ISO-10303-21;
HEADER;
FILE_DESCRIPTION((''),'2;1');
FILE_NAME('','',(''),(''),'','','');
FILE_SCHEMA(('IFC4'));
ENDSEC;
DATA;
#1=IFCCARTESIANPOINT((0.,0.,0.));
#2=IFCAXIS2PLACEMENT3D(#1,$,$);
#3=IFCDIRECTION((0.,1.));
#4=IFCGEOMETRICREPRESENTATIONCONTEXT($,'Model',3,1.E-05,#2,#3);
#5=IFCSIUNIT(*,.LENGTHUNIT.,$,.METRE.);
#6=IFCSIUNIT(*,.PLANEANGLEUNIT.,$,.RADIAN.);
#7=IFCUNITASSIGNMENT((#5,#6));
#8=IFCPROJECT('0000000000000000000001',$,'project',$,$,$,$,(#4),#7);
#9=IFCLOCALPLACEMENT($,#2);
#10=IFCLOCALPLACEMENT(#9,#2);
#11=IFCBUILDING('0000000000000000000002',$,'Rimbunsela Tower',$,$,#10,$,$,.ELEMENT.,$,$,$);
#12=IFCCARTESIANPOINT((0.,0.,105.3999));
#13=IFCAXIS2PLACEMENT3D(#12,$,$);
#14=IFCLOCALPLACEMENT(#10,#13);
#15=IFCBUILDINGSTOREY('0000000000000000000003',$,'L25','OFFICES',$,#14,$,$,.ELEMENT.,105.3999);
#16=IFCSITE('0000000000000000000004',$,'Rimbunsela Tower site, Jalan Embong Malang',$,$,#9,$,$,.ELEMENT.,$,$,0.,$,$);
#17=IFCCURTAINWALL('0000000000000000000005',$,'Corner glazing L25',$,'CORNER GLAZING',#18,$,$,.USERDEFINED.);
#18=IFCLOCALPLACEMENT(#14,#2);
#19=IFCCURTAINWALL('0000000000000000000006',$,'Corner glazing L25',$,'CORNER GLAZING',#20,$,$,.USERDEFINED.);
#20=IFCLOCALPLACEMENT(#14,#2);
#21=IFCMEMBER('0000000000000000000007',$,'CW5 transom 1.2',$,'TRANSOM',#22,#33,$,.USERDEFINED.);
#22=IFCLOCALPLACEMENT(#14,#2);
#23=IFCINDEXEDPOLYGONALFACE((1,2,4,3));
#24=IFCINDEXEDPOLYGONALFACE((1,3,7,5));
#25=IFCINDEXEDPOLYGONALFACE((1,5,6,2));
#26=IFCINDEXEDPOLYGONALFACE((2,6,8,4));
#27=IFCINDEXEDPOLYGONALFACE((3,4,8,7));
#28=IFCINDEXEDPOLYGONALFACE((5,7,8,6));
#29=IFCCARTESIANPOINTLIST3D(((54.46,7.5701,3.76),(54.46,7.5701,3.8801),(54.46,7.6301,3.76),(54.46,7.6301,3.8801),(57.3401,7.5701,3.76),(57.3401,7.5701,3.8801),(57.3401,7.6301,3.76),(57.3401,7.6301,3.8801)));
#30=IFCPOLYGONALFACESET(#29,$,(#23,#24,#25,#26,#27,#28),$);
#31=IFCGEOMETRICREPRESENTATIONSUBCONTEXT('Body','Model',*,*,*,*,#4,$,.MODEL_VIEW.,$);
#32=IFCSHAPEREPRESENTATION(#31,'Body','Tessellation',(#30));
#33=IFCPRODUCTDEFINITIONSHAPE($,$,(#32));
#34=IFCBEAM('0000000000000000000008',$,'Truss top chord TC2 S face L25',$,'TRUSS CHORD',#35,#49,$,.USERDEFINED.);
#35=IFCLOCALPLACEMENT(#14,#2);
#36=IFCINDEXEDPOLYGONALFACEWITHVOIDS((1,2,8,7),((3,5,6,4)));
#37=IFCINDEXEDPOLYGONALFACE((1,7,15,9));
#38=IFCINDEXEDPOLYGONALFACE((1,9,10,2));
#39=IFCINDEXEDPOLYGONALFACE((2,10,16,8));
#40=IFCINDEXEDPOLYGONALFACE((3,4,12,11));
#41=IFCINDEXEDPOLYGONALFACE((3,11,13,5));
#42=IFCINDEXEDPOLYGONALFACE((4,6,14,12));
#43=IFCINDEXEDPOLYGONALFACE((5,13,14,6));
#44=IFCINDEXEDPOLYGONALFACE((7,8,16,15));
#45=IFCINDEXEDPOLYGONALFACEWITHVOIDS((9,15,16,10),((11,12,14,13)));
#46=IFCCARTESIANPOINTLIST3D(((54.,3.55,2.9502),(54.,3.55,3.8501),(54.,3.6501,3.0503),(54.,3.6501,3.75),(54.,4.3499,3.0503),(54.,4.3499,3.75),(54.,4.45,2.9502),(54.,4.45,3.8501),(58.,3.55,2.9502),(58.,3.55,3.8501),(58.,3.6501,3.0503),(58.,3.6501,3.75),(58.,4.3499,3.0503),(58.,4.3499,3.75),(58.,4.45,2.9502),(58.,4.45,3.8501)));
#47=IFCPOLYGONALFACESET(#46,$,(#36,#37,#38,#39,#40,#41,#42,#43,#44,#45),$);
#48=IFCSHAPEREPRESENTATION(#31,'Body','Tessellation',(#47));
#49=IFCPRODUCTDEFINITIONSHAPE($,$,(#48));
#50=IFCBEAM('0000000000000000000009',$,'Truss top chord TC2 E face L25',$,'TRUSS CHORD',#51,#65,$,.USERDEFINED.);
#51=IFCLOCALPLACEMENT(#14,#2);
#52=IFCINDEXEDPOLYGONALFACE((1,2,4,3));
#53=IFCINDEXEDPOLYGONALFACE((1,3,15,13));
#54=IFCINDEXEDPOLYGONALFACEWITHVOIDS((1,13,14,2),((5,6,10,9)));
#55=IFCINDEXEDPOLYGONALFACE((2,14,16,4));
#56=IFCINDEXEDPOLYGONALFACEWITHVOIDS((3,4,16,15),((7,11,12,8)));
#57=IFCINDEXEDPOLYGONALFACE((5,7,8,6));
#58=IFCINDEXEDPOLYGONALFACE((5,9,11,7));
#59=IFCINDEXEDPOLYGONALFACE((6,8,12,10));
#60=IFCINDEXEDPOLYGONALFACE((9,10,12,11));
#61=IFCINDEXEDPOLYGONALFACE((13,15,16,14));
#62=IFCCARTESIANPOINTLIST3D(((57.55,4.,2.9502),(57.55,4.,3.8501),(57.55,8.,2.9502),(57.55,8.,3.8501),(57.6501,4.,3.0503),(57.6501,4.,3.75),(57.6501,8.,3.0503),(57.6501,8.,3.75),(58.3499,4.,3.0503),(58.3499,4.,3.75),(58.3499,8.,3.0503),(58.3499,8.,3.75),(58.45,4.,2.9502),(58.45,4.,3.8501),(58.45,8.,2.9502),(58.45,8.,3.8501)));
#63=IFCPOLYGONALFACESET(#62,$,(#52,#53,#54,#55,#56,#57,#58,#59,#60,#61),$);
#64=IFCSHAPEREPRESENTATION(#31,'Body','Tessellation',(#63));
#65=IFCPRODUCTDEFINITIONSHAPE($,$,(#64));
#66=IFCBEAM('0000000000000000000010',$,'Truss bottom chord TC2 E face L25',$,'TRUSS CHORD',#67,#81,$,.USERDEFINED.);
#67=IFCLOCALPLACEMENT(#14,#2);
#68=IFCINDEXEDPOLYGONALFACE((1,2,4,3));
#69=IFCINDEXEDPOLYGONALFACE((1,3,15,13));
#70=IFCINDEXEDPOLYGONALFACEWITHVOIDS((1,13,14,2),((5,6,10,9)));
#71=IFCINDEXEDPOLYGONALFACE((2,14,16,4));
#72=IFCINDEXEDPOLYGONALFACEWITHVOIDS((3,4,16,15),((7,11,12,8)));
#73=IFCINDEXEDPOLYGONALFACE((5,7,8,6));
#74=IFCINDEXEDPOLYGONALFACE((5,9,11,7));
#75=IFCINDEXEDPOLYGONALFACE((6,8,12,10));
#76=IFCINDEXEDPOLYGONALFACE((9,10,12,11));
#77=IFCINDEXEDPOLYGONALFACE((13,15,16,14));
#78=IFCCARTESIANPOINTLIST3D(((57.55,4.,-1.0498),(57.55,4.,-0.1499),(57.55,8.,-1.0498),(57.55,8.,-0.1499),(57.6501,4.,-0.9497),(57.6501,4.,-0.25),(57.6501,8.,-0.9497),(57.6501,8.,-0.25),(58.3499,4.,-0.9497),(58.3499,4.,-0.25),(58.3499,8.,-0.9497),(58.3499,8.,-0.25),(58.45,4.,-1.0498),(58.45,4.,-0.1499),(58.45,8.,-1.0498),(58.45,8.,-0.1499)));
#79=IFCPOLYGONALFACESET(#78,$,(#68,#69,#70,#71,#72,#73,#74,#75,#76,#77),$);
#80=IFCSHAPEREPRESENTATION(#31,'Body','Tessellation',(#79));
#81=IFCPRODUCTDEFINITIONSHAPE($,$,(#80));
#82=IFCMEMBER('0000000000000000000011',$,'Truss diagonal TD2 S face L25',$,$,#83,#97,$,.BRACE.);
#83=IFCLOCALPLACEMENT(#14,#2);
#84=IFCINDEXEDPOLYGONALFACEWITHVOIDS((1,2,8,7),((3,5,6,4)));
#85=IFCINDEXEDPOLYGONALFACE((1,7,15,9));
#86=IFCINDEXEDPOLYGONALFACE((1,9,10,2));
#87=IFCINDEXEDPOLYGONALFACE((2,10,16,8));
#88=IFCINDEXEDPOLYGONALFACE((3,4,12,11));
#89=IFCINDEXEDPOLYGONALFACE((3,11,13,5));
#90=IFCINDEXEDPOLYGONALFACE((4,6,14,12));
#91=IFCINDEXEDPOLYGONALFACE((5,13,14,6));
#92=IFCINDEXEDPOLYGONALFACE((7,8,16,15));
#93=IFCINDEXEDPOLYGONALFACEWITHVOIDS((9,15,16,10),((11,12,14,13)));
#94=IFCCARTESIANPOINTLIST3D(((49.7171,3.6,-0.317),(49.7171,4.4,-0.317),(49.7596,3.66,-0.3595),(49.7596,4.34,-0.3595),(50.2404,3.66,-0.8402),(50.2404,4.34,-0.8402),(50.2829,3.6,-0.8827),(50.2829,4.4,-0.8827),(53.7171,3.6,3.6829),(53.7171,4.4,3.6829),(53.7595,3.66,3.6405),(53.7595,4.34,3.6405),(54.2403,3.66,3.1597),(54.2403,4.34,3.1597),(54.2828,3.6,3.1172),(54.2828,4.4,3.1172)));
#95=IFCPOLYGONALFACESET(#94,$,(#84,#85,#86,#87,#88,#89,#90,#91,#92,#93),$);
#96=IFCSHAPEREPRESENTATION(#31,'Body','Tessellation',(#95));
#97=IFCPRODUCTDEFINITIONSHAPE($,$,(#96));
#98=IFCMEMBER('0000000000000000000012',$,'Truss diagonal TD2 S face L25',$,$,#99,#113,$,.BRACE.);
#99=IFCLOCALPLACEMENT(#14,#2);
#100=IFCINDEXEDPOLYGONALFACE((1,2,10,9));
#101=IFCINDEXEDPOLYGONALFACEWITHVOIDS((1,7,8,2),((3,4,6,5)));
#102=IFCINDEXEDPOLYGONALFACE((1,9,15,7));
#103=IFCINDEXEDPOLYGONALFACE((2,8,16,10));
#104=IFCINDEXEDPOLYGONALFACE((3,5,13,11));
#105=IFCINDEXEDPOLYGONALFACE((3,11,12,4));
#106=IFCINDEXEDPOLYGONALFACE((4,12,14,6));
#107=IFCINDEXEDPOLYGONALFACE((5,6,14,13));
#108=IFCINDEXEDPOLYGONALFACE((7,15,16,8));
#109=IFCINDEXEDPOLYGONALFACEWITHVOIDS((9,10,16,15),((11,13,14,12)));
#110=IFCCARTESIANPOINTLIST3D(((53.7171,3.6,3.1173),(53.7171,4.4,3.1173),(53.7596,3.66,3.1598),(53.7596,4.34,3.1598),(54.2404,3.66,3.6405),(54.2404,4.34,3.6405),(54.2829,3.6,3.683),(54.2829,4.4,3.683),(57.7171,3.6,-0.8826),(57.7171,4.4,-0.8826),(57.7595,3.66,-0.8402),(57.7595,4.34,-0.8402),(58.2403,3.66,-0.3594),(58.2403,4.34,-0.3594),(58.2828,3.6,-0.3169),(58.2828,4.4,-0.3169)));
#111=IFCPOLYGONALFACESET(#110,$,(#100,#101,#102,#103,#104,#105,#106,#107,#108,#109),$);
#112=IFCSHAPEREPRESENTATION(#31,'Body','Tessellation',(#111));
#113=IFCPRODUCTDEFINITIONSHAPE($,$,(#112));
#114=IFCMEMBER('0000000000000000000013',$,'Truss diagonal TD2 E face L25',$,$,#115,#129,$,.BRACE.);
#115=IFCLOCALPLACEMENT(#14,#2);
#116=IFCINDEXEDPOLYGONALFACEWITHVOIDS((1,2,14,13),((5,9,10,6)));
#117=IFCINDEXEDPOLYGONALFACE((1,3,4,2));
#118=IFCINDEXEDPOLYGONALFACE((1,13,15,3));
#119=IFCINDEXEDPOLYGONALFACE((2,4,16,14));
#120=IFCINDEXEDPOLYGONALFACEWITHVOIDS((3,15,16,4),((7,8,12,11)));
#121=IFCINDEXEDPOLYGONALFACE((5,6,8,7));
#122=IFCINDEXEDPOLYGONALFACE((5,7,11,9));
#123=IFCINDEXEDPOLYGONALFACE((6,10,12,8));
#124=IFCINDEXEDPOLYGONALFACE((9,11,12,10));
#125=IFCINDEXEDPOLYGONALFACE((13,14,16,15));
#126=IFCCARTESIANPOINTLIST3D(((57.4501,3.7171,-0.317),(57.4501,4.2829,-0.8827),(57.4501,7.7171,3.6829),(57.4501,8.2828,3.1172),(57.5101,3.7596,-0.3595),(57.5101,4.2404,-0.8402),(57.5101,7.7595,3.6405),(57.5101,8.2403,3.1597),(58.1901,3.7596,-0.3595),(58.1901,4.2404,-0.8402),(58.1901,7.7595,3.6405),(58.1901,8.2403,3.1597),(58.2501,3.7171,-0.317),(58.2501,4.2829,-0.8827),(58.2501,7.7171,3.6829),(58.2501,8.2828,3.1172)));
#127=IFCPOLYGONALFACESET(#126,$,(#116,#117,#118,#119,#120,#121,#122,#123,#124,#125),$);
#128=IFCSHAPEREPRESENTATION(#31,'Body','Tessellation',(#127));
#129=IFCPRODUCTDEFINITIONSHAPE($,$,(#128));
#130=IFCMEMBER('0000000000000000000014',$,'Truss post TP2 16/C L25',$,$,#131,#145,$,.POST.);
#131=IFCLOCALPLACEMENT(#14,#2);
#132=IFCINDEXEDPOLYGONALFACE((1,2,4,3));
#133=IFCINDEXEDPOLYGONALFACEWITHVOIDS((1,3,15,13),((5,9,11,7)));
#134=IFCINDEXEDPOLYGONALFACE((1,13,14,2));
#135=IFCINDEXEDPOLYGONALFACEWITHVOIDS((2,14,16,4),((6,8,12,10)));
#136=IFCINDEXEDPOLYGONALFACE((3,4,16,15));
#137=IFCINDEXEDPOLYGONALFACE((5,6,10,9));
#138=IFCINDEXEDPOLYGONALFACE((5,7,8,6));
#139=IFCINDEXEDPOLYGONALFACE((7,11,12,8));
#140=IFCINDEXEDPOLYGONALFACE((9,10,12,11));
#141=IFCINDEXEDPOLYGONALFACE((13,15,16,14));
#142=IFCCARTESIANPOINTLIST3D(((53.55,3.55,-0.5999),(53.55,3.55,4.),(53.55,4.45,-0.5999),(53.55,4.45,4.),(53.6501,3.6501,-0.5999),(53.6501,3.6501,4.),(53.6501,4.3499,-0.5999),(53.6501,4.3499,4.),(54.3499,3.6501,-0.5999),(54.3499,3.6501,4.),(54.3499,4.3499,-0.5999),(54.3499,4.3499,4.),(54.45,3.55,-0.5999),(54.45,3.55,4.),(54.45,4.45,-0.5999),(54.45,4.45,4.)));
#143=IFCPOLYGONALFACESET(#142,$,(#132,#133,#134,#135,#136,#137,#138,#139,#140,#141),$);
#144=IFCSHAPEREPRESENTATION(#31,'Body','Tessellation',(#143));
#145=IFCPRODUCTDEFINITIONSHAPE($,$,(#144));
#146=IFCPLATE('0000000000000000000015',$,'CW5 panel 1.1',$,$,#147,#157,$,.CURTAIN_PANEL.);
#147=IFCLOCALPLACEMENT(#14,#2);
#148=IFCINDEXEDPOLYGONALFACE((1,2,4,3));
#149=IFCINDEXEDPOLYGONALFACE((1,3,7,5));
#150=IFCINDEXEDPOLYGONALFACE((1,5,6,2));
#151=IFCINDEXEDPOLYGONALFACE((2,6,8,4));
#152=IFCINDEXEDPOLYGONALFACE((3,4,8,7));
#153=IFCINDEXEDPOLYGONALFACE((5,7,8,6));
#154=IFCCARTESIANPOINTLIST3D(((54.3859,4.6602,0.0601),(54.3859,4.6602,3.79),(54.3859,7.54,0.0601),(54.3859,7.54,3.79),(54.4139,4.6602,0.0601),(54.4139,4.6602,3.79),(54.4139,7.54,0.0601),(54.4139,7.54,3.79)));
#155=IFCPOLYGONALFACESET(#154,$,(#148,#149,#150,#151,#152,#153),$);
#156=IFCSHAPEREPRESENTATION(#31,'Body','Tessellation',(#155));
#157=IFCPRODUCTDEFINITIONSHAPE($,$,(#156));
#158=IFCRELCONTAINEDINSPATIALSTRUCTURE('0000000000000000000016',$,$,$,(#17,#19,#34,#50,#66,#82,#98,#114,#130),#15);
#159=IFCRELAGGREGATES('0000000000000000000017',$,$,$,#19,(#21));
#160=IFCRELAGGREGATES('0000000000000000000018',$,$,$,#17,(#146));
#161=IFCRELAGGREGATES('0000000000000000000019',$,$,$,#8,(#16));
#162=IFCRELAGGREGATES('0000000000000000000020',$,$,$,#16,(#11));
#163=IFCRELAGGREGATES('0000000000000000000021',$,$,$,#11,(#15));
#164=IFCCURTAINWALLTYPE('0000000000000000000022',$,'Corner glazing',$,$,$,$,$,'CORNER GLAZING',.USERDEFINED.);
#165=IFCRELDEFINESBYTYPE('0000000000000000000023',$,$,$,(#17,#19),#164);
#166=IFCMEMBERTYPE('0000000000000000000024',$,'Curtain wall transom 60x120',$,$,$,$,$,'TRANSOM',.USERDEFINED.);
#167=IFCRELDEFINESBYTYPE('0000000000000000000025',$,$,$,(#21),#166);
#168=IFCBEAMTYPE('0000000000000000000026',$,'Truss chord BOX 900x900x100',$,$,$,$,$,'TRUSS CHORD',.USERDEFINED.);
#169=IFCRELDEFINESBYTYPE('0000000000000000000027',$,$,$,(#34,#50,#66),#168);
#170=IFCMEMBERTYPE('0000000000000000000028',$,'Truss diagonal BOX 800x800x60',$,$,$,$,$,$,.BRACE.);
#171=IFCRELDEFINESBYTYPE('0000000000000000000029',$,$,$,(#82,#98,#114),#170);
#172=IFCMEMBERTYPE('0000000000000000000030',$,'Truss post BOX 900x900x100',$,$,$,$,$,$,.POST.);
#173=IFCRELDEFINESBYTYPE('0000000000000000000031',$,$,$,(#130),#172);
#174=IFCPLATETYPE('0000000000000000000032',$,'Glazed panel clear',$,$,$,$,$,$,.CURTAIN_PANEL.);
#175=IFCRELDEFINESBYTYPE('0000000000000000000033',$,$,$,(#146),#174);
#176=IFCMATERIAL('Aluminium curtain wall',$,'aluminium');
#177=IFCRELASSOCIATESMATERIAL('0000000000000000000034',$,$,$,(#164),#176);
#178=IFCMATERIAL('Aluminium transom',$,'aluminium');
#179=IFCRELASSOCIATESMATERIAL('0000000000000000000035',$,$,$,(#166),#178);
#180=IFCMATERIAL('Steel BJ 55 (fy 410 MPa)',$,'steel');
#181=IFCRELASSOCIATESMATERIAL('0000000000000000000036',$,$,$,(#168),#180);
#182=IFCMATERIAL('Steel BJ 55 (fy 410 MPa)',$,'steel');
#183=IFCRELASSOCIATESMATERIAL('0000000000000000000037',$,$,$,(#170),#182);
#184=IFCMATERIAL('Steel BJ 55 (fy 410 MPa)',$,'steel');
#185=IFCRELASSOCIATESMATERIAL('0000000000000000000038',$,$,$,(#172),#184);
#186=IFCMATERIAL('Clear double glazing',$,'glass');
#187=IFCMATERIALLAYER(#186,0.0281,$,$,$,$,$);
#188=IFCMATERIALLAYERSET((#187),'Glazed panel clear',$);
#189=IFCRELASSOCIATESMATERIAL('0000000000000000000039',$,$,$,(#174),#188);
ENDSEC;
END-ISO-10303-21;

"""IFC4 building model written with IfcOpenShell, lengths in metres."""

from ifc_helpers import new_model, si_unit, direction, frame, origin, origin_2d, place, context, subcontext, project, spatial, rectangle, hollow_rectangle, extrude, material, layer, layer_set, material_profile, profile_set, type_object, element, aggregate, save


model = new_model("IFC4")

# Units and contexts
model_context = context("Model", 3, precision=1e-05, world=origin(), true_north=direction((0.0, 1.0)))
body_context = subcontext(model_context, "Body", "Model", "MODEL_VIEW")
ifc_project = project(units=[si_unit("LENGTHUNIT", "METRE"), si_unit("PLANEANGLEUNIT", "RADIAN")], contexts=[model_context])

# Site, building, storey
site_placement = place(None, origin())
site = spatial("IfcSite", under=ifc_project, at=site_placement, Name="Rimbunsela Tower site, Jalan Embong Malang", CompositionType="ELEMENT", RefElevation=0.0)
building_placement = place(site_placement, origin())
building = spatial("IfcBuilding", under=site, at=building_placement, Name="Rimbunsela Tower", CompositionType="ELEMENT")
storey_placement = place(building_placement, frame((0.0, 0.0, 105.3999)))
storey = spatial("IfcBuildingStorey", under=building, at=storey_placement, Name="L25", Description="OFFICES", CompositionType="ELEMENT", Elevation=105.3999)

# Curtain wall
ifc_material_1 = material(Name="Aluminium curtain wall", Category="aluminium")
curtain_wall_type = type_object("IfcCurtainWallType", Name="Corner glazing", ElementType="CORNER GLAZING", PredefinedType="USERDEFINED", material=ifc_material_1)
curtain_wall_1_placement = place(storey_placement, origin())
curtain_wall_1 = element("IfcCurtainWall", 1, at=curtain_wall_1_placement, inside=storey, type_object=curtain_wall_type, Name="Corner glazing L25", ObjectType="CORNER GLAZING", PredefinedType="USERDEFINED")

# Curtain wall
curtain_wall_2_placement = place(storey_placement, origin())
curtain_wall_2 = element("IfcCurtainWall", 2, at=curtain_wall_2_placement, inside=storey, type_object=curtain_wall_type, Name="Corner glazing L25", ObjectType="CORNER GLAZING", PredefinedType="USERDEFINED")

# Member
ifc_material_2 = material(Name="Aluminium transom", Category="aluminium")
ifc_material_profile_1 = material_profile(ifc_material_2, rectangle(XDim=0.0601, YDim=0.1201, at=origin_2d()), Name="Transom 60x120")
ifc_profile_set_1 = profile_set([ifc_material_profile_1], Name="Aluminium transom")
member_type_1 = type_object("IfcMemberType", Name="Curtain wall transom 60x120", ElementType="TRANSOM", PredefinedType="USERDEFINED", material=ifc_profile_set_1)
member_1_placement = place(storey_placement, frame((54.46, 7.6001, 3.8201), z_axis=(1.0, 0.0, 0.0), x_axis=(0.0, 1.0, 0.0)))
member_1 = element("IfcMember", 3, at=member_1_placement, type_object=member_type_1, Name="CW5 transom 1.2", ObjectType="TRANSOM", PredefinedType="USERDEFINED", context=body_context, shape_type="SweptSolid", body=[
    extrude(rectangle(XDim=0.0601, YDim=0.1201, at=origin_2d()), origin(), (0.0, 0.0, 1.0), 2.8801),
])
aggregate(curtain_wall_2, [member_1])

# Beams
ifc_material_3 = material(Name="Steel BJ 55 (fy 410 MPa)", Category="steel")
ifc_material_profile_2 = material_profile(ifc_material_3, hollow_rectangle(XDim=0.8999, YDim=0.8999, WallThickness=0.1001, at=origin_2d()), Name="BOX 900x900x100")
ifc_profile_set_2 = profile_set([ifc_material_profile_2], Name="Steel BJ 55 (fy 410 MPa)")
beam_type_1 = type_object("IfcBeamType", Name="Truss chord BOX 900x900x100", ElementType="TRUSS CHORD", PredefinedType="USERDEFINED", material=ifc_profile_set_2)
for number, where, z_axis, x_axis, name in (
    (4, (54.0, 4.0, 3.4001), (1.0, 0.0, 0.0), (0.0, 1.0, 0.0), "Truss top chord TC2 S face L25"),
    (5, (58.0, 4.0, 3.4001), (0.0, 1.0, 0.0), (-1.0, 0.0, 0.0), "Truss top chord TC2 E face L25"),
    (6, (58.0, 4.0, -0.5999), (0.0, 1.0, 0.0), (-1.0, 0.0, 0.0), "Truss bottom chord TC2 E face L25"),
):
    element("IfcBeam", number, at=place(storey_placement, frame(where, z_axis=z_axis, x_axis=x_axis)), inside=storey, type_object=beam_type_1, Name=name, ObjectType="TRUSS CHORD", PredefinedType="USERDEFINED", context=body_context, shape_type="SweptSolid", body=[
        extrude(hollow_rectangle(XDim=0.8999, YDim=0.8999, WallThickness=0.1001, at=origin_2d()), origin(), (0.0, 0.0, 1.0), 4.0),
    ])

# Members
ifc_material_4 = material(Name="Steel BJ 55 (fy 410 MPa)", Category="steel")
ifc_material_profile_3 = material_profile(ifc_material_4, hollow_rectangle(XDim=0.8, YDim=0.8, WallThickness=0.0601, at=origin_2d()), Name="BOX 800x800x60")
ifc_profile_set_3 = profile_set([ifc_material_profile_3], Name="Steel BJ 55 (fy 410 MPa)")
member_type_2 = type_object("IfcMemberType", Name="Truss diagonal BOX 800x800x60", PredefinedType="BRACE", material=ifc_profile_set_3)
for number, where, z_axis, x_axis, name in (
    (7, (50.0, 4.0, -0.5999), (0.707107, 0.0, 0.707107), (0.0, 1.0, 0.0), "Truss diagonal TD2 S face L25"),
    (8, (54.0, 4.0, 3.4001), (0.707107, 0.0, -0.707107), (0.0, 1.0, 0.0), "Truss diagonal TD2 S face L25"),
    (9, (57.8501, 4.0, -0.5999), (0.0, 0.707107, 0.707107), (-1.0, 0.0, 0.0), "Truss diagonal TD2 E face L25"),
):
    element("IfcMember", number, at=place(storey_placement, frame(where, z_axis=z_axis, x_axis=x_axis)), inside=storey, type_object=member_type_2, Name=name, PredefinedType="BRACE", context=body_context, shape_type="SweptSolid", body=[
        extrude(hollow_rectangle(XDim=0.8, YDim=0.8, WallThickness=0.0601, at=origin_2d()), origin(), (0.0, 0.0, 1.0), 5.6567),
    ])
ifc_material_5 = material(Name="Steel BJ 55 (fy 410 MPa)", Category="steel")
ifc_material_profile_4 = material_profile(ifc_material_5, hollow_rectangle(XDim=0.8999, YDim=0.8999, WallThickness=0.1001, at=origin_2d()), Name="BOX 900x900x100")
ifc_profile_set_4 = profile_set([ifc_material_profile_4], Name="Steel BJ 55 (fy 410 MPa)")
member_type_3 = type_object("IfcMemberType", Name="Truss post BOX 900x900x100", PredefinedType="POST", material=ifc_profile_set_4)
member_2_placement = place(storey_placement, frame((54.0, 4.0, -0.5999), z_axis=(0.0, 0.0, 1.0), x_axis=(1.0, 0.0, 0.0)))
element("IfcMember", 10, at=member_2_placement, inside=storey, type_object=member_type_3, Name="Truss post TP2 16/C L25", PredefinedType="POST", context=body_context, shape_type="SweptSolid", body=[
    extrude(hollow_rectangle(XDim=0.8999, YDim=0.8999, WallThickness=0.1001, at=origin_2d()), origin(), (0.0, 0.0, 1.0), 4.5999),
])

# Plate
ifc_material_6 = material(Name="Clear double glazing", Category="glass")
ifc_layer = layer(ifc_material_6, 0.0281)
ifc_layer_set = layer_set([ifc_layer], Name="Glazed panel clear")
plate_type = type_object("IfcPlateType", Name="Glazed panel clear", PredefinedType="CURTAIN_PANEL", material=ifc_layer_set)
plate_placement = place(storey_placement, frame((54.3999, 6.1001, 0.0601), z_axis=(0.0, 0.0, 1.0), x_axis=(0.0, 1.0, 0.0)))
plate = element("IfcPlate", 11, at=plate_placement, type_object=plate_type, Name="CW5 panel 1.1", PredefinedType="CURTAIN_PANEL", context=body_context, shape_type="SweptSolid", body=[
    extrude(rectangle(XDim=2.8799, YDim=0.0281, at=origin_2d()), origin(), (0.0, 0.0, 1.0), 3.73),
])
aggregate(curtain_wall_1, [plate])

save(model, "model.ifc")
